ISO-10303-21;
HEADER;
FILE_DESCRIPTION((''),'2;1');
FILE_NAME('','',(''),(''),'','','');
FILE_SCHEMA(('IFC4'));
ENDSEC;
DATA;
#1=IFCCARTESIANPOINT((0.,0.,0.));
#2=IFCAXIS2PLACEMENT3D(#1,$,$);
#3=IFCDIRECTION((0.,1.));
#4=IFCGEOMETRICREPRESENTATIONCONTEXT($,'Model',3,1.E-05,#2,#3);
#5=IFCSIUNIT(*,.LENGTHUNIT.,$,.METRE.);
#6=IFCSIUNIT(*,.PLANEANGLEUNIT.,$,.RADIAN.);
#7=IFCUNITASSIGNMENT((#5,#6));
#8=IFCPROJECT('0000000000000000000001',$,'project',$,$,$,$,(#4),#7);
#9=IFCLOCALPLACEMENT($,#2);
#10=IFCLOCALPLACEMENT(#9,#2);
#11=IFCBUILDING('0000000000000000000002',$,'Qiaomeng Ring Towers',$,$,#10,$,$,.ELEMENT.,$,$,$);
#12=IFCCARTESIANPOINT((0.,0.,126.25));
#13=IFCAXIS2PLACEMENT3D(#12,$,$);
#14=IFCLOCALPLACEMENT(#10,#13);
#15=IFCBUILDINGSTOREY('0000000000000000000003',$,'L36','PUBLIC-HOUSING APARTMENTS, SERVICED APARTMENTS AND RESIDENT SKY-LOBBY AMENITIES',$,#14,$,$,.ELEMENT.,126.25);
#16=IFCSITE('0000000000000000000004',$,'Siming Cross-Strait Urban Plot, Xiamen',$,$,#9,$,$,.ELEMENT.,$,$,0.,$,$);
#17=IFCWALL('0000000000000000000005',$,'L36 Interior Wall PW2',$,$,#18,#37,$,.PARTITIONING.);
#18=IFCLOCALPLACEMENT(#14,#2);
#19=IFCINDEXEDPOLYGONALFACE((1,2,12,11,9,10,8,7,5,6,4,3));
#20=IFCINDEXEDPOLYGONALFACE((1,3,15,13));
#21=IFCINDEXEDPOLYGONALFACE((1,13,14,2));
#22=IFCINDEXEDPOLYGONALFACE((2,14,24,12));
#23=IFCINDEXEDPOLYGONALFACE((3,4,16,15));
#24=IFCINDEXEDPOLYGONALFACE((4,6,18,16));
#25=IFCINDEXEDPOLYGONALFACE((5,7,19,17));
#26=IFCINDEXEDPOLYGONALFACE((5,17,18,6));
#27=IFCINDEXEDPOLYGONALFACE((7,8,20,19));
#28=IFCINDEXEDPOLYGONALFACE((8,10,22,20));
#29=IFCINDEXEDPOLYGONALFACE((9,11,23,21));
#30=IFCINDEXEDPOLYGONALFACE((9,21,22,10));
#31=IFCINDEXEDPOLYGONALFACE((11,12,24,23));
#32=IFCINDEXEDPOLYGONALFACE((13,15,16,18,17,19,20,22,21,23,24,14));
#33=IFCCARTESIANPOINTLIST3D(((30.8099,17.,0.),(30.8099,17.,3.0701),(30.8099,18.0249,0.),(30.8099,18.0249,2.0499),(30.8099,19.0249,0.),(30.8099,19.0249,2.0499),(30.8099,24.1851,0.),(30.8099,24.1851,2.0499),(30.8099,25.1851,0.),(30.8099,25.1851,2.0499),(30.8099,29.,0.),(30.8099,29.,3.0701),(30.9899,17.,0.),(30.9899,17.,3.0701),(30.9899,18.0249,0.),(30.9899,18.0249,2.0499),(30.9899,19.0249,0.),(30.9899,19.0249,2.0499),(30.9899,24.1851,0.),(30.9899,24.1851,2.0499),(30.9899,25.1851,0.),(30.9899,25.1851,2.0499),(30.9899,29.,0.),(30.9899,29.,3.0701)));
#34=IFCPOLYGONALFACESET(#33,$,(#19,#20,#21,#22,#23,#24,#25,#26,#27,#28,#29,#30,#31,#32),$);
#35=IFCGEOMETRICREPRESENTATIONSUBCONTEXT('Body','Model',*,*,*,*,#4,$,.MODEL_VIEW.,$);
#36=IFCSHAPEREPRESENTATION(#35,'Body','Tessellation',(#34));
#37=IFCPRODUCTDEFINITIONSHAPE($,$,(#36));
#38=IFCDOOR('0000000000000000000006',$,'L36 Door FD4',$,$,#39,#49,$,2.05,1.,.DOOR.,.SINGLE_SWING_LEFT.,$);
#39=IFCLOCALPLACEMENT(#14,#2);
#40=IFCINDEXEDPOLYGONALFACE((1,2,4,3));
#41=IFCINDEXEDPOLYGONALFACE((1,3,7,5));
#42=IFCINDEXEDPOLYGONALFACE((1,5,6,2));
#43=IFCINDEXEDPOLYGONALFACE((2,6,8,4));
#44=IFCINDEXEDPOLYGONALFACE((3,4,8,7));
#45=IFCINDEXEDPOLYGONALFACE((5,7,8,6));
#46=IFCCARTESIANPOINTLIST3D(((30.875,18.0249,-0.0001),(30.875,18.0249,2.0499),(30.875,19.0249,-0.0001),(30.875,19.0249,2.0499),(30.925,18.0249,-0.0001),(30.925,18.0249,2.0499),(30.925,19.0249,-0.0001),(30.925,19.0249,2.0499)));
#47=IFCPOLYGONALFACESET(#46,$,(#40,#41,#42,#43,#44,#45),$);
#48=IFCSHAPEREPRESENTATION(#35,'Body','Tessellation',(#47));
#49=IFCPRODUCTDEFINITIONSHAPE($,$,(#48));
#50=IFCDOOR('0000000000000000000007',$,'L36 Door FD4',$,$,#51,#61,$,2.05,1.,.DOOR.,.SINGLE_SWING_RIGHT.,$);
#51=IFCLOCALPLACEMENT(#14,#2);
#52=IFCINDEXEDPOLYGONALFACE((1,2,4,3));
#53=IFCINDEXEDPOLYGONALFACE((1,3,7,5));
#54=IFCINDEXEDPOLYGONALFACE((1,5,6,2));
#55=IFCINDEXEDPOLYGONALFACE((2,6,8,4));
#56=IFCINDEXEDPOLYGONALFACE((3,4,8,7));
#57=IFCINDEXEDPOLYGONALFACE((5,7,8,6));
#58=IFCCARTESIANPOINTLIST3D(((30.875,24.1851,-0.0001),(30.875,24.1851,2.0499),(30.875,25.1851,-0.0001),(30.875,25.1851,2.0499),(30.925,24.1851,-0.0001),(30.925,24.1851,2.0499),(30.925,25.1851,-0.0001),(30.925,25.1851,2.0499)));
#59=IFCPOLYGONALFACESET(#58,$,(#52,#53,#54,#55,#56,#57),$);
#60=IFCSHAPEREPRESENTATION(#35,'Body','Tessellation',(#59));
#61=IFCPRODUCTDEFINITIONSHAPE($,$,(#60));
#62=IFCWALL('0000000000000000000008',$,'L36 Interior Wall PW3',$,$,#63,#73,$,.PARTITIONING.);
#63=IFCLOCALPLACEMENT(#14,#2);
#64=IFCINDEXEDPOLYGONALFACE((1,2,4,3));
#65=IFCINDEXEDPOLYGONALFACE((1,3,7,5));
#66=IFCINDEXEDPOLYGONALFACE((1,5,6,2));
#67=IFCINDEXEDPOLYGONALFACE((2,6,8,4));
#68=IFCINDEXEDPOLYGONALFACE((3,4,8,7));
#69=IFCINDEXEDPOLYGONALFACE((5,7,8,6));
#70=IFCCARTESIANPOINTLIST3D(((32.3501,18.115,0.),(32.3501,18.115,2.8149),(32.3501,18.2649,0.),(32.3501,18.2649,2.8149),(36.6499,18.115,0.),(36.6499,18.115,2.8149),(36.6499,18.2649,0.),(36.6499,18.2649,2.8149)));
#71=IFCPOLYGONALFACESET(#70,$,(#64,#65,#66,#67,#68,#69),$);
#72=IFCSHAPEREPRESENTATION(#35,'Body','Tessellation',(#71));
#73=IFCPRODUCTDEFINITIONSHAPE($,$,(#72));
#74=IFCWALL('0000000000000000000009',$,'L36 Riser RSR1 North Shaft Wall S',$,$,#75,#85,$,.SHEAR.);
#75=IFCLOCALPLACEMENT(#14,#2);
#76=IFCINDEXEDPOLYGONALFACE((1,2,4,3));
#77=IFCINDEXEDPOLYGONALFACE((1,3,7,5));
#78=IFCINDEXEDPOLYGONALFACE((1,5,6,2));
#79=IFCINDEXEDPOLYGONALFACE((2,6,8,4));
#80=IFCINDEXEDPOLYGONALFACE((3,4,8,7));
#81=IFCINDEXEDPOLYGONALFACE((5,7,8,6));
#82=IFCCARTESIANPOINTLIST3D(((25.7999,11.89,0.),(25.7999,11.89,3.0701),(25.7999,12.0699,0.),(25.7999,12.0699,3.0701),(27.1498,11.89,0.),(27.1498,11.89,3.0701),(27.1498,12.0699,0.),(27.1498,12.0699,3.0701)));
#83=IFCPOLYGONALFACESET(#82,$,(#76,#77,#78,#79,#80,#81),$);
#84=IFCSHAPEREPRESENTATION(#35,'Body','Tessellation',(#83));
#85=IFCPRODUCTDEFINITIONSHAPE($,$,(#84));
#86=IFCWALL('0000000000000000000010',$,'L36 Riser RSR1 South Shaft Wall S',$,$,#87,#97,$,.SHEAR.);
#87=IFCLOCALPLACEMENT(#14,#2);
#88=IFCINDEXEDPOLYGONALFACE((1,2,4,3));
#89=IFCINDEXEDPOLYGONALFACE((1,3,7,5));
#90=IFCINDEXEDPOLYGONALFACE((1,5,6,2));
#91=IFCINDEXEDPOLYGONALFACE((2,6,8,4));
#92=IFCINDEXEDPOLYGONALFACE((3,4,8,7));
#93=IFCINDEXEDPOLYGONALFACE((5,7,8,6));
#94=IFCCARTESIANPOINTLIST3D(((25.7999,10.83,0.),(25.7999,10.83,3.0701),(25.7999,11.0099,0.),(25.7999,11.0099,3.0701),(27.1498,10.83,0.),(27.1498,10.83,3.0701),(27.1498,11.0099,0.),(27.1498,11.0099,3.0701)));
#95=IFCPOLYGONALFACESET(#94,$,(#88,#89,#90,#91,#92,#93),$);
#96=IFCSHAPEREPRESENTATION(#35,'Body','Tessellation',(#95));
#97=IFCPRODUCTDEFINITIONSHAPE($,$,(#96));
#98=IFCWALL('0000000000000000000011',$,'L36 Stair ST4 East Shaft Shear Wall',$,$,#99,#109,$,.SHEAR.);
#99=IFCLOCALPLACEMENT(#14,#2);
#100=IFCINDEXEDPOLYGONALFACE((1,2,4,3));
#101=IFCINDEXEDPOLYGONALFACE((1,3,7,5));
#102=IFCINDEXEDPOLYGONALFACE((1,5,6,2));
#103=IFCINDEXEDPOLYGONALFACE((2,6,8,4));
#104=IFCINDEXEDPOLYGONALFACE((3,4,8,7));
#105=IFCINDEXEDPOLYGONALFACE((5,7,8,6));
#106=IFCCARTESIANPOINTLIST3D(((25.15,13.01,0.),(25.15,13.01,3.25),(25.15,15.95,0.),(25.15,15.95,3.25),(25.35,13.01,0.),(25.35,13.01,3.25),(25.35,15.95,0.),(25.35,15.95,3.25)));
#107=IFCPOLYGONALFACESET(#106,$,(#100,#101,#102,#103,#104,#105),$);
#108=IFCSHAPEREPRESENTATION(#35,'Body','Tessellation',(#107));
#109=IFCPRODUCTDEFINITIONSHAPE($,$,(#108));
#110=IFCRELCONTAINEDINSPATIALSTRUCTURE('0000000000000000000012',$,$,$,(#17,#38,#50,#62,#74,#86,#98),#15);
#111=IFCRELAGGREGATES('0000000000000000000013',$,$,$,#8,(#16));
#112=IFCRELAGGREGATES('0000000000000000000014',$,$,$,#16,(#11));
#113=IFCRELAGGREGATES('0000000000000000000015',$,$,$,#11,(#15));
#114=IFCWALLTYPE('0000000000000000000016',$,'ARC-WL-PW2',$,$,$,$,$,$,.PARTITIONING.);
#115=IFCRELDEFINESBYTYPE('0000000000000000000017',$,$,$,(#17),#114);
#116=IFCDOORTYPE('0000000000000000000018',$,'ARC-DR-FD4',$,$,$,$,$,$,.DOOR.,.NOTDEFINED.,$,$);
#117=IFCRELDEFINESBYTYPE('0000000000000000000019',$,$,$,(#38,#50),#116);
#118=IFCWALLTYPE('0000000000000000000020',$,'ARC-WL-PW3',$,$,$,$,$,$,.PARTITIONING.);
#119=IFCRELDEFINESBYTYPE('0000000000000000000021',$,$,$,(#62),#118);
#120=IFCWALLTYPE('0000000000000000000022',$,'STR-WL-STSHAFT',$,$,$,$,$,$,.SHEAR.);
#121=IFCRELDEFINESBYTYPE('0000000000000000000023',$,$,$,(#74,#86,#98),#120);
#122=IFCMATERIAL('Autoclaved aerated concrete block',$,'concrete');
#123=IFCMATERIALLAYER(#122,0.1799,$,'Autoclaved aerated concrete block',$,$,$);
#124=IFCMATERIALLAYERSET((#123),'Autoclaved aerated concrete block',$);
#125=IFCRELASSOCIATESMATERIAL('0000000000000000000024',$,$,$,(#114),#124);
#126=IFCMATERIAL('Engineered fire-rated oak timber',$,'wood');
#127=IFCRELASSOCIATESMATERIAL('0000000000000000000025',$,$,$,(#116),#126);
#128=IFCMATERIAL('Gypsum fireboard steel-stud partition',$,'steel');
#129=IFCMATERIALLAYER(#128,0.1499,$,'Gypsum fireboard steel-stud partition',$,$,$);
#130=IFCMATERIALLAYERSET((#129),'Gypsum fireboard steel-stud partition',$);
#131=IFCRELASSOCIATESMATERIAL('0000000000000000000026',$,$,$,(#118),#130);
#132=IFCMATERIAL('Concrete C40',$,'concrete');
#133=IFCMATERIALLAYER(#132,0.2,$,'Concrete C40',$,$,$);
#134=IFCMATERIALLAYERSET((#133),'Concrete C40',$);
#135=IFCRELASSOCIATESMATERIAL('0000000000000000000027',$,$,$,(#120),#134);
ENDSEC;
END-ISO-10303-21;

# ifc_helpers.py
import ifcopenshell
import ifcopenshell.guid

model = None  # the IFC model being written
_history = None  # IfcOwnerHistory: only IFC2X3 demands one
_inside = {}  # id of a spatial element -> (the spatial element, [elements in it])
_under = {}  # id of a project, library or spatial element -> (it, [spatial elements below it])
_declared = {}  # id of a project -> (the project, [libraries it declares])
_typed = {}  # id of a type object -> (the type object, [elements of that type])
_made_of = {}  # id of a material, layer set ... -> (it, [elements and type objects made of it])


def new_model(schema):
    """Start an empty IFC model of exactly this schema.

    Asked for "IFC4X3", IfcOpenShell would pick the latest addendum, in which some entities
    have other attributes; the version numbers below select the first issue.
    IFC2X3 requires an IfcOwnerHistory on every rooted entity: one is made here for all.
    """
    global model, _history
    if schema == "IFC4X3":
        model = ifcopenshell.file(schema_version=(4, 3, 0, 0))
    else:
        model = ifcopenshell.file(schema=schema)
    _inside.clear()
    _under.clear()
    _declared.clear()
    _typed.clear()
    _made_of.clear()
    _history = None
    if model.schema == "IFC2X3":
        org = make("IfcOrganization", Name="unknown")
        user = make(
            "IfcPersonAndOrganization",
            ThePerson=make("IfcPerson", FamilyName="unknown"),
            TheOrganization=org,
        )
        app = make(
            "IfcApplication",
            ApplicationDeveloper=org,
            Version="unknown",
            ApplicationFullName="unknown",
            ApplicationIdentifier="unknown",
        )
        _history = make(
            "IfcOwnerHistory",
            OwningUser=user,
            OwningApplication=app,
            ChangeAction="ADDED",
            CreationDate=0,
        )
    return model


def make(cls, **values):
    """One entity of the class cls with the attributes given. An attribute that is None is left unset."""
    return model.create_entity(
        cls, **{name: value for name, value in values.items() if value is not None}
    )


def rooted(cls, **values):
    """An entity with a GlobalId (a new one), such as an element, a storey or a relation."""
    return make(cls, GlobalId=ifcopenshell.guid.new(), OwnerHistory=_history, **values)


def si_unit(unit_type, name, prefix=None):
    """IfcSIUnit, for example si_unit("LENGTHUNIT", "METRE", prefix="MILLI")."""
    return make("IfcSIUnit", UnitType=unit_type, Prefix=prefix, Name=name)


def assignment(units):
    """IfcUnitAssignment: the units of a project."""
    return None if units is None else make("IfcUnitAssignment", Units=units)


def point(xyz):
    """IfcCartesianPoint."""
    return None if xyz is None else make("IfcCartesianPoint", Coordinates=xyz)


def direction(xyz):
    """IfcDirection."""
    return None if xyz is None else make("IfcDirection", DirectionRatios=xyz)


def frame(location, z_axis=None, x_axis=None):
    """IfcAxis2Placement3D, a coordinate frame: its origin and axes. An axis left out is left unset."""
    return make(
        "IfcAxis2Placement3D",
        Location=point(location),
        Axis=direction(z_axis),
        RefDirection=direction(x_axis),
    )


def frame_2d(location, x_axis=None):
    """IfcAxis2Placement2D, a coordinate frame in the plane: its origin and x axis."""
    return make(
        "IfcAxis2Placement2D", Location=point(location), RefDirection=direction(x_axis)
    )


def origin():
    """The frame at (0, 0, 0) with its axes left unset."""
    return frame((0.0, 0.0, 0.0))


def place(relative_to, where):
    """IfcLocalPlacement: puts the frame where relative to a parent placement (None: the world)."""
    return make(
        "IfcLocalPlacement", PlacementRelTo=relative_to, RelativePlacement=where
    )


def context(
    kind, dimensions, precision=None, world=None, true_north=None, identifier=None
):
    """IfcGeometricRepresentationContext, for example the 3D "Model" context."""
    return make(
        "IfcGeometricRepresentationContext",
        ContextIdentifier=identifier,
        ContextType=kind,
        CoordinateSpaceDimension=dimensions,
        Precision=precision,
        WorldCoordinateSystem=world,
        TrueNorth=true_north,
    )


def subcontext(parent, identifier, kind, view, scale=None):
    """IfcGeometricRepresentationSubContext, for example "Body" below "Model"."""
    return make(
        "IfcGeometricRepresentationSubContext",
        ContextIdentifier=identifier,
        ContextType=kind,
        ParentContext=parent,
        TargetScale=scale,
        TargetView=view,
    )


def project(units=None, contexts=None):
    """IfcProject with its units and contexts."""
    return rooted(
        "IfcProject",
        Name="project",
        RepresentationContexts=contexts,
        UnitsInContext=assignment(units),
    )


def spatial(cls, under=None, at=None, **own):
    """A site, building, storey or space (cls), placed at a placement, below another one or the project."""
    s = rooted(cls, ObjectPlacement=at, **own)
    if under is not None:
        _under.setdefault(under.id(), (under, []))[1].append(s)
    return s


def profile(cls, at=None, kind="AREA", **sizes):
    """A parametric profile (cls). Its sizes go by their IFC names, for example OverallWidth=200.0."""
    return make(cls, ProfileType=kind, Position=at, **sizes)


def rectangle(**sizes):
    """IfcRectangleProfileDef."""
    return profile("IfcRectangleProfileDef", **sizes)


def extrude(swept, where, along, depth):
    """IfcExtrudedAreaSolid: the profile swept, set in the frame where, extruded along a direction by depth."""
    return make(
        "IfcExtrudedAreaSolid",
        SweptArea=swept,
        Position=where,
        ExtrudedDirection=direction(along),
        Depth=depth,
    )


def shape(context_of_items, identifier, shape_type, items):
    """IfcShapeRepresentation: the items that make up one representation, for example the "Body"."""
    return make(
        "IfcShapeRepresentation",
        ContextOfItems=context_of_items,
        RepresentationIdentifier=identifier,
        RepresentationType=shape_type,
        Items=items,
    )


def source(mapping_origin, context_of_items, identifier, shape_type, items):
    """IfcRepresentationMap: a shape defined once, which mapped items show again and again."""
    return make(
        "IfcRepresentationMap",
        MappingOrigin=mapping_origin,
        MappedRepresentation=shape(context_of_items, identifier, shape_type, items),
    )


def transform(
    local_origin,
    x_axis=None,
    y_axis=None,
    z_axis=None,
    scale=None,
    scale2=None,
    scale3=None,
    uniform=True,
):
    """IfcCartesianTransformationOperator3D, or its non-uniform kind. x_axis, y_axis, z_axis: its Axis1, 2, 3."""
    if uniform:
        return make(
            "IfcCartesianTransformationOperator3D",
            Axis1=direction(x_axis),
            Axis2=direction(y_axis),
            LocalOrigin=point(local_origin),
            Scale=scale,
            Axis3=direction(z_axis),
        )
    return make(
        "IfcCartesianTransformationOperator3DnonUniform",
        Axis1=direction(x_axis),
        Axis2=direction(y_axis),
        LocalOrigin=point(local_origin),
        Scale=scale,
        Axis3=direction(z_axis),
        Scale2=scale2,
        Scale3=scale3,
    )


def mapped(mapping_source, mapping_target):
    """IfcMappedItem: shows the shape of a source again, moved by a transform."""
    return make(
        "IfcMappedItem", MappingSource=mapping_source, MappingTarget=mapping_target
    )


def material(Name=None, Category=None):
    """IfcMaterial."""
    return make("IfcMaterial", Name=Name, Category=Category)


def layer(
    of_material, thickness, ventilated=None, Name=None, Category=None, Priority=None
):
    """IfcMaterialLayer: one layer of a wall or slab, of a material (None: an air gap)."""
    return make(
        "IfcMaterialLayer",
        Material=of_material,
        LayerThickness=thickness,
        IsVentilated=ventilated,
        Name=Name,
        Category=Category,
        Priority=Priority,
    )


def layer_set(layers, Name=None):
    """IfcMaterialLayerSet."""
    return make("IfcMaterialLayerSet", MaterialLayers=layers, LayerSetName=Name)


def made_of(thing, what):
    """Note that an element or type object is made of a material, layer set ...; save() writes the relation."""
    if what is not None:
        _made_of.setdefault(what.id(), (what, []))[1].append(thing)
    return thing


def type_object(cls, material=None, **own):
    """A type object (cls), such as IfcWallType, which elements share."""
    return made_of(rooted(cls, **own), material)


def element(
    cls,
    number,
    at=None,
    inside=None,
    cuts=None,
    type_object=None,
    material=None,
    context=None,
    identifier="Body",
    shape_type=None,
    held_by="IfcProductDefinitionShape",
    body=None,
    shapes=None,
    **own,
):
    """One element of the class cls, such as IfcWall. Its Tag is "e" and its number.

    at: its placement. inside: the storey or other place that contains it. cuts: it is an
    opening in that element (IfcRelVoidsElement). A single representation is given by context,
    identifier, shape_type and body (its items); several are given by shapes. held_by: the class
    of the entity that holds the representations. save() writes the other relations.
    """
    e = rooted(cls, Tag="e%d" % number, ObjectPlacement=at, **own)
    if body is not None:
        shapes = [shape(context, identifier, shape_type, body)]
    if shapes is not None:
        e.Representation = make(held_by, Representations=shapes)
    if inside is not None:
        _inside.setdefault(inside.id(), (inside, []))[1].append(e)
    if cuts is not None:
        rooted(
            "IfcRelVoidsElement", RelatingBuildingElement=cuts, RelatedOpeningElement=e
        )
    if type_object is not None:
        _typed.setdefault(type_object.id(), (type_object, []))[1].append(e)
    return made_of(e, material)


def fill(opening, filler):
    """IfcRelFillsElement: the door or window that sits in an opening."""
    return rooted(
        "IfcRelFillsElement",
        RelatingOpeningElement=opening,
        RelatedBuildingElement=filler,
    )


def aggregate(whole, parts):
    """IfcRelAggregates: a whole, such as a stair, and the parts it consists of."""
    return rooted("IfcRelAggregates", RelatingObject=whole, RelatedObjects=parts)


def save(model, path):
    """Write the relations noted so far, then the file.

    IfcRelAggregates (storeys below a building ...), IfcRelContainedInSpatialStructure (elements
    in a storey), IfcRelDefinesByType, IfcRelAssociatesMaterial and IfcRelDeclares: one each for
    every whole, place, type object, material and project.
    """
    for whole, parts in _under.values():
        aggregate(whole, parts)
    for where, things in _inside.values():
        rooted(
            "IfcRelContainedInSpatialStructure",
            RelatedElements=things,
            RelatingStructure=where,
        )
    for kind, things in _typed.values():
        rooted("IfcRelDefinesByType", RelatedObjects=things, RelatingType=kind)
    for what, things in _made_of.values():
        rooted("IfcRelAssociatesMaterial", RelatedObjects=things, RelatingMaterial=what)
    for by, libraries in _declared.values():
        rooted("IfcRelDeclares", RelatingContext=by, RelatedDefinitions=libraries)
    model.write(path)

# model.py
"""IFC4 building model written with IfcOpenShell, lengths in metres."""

from ifc_helpers import new_model, si_unit, direction, frame, frame_2d, origin, place, context, subcontext, project, spatial, rectangle, extrude, source, transform, mapped, material, layer, layer_set, type_object, element, fill, save


model = new_model("IFC4")

# Units and contexts
model_context = context("Model", 3, precision=1e-05, world=origin(), true_north=direction((0.0, 1.0)))
body_context = subcontext(model_context, "Body", "Model", "MODEL_VIEW")
ifc_project = project(units=[si_unit("LENGTHUNIT", "METRE"), si_unit("PLANEANGLEUNIT", "RADIAN")], contexts=[model_context])

# Site, building, storey
site_placement = place(None, origin())
site = spatial("IfcSite", under=ifc_project, at=site_placement, Name="Siming Cross-Strait Urban Plot, Xiamen", CompositionType="ELEMENT", RefElevation=0.0)
building_placement = place(site_placement, origin())
building = spatial("IfcBuilding", under=site, at=building_placement, Name="Qiaomeng Ring Towers", CompositionType="ELEMENT")
storey_placement = place(building_placement, frame((0.0, 0.0, 126.25)))
storey = spatial("IfcBuildingStorey", under=building, at=storey_placement, Name="L36", Description="PUBLIC-HOUSING APARTMENTS, SERVICED APARTMENTS AND RESIDENT SKY-LOBBY AMENITIES", CompositionType="ELEMENT", Elevation=126.25)

# Shared definitions
ifc_material_1 = material(Name="Autoclaved aerated concrete block", Category="concrete")

# Wall, openings, doors
ifc_layer_1 = layer(ifc_material_1, 0.1799, Name="Autoclaved aerated concrete block")
ifc_layer_set_1 = layer_set([ifc_layer_1], Name="Autoclaved aerated concrete block")
wall_type_1 = type_object("IfcWallType", Name="ARC-WL-PW2", PredefinedType="PARTITIONING", material=ifc_layer_set_1)
wall_1_placement = place(storey_placement, frame((30.8999, 17.0, 0.0), z_axis=(0.0, 0.0, 1.0), x_axis=(0.0, 1.0, 0.0)))
wall_1 = element("IfcWall", 1, at=wall_1_placement, inside=storey, type_object=wall_type_1, Name="L36 Interior Wall PW2", PredefinedType="PARTITIONING", context=body_context, shape_type="SweptSolid", body=[
    extrude(rectangle(XDim=12.0, YDim=0.1799, at=frame_2d((6.0, 0.0))), origin(), (0.0, 0.0, 1.0), 3.0701),
])
opening_1_placement = place(wall_1_placement, frame((1.0249, 0.0, 0.0)))
opening_1 = element("IfcOpeningElement", 2, at=opening_1_placement, cuts=wall_1, PredefinedType="OPENING", context=body_context, shape_type="SweptSolid", body=[
    extrude(rectangle(XDim=1.0, YDim=2.05, at=frame_2d((0.5, 1.0249))), frame((0.0, 0.0999, 0.0), z_axis=(0.0, -1.0, 0.0), x_axis=(1.0, 0.0, 0.0)), (0.0, 0.0, 1.0), 0.2),
])
opening_2_placement = place(wall_1_placement, frame((7.1851, 0.0, 0.0)))
opening_2 = element("IfcOpeningElement", 3, at=opening_2_placement, cuts=wall_1, PredefinedType="OPENING", context=body_context, shape_type="SweptSolid", body=[
    extrude(rectangle(XDim=1.0, YDim=2.05, at=frame_2d((0.5, 1.0249))), frame((0.0, 0.0999, 0.0), z_axis=(0.0, -1.0, 0.0), x_axis=(1.0, 0.0, 0.0)), (0.0, 0.0, 1.0), 0.2),
])
ifc_material_2 = material(Name="Engineered fire-rated oak timber", Category="wood")
door_type_1 = type_object("IfcDoorType", Name="ARC-DR-FD4", OperationType="NOTDEFINED", PredefinedType="DOOR", material=ifc_material_2)
shared_shape_1 = source(origin(), body_context, "Body", "SweptSolid", [
    extrude(rectangle(XDim=1.0, YDim=2.05, at=frame_2d((0.5, 1.0249))), frame((0.0, 0.0249, 0.0), z_axis=(0.0, -1.0, 0.0), x_axis=(1.0, 0.0, 0.0)), (0.0, 0.0, 1.0), 0.05),
])
door_1_placement = place(opening_1_placement, origin())
door_1 = element("IfcDoor", 4, at=door_1_placement, inside=storey, type_object=door_type_1, Name="L36 Door FD4", OperationType="SINGLE_SWING_LEFT", OverallHeight=2.05, OverallWidth=1.0, PredefinedType="DOOR", context=body_context, shape_type="MappedRepresentation", body=[
    mapped(shared_shape_1, transform((0.0, 0.0, 0.0), x_axis=(1.0, 0.0, 0.0), y_axis=(0.0, 1.0, 0.0), z_axis=(0.0, 0.0, 1.0), scale=1.0)),
])
fill(opening_1, door_1)
door_2_placement = place(opening_2_placement, origin())
door_2 = element("IfcDoor", 5, at=door_2_placement, inside=storey, type_object=door_type_1, Name="L36 Door FD4", OperationType="SINGLE_SWING_RIGHT", OverallHeight=2.05, OverallWidth=1.0, PredefinedType="DOOR", context=body_context, shape_type="MappedRepresentation", body=[
    mapped(shared_shape_1, transform((0.0, 0.0, 0.0), x_axis=(1.0, 0.0, 0.0), y_axis=(0.0, 1.0, 0.0), z_axis=(0.0, 0.0, 1.0), scale=1.0)),
])
fill(opening_2, door_2)

# Walls
ifc_material_3 = material(Name="Gypsum fireboard steel-stud partition", Category="steel")
ifc_layer_2 = layer(ifc_material_3, 0.1499, Name="Gypsum fireboard steel-stud partition")
ifc_layer_set_2 = layer_set([ifc_layer_2], Name="Gypsum fireboard steel-stud partition")
wall_type_2 = type_object("IfcWallType", Name="ARC-WL-PW3", PredefinedType="PARTITIONING", material=ifc_layer_set_2)
wall_2_placement = place(storey_placement, frame((32.3501, 18.1899, 0.0), z_axis=(0.0, 0.0, 1.0), x_axis=(1.0, 0.0, 0.0)))
element("IfcWall", 6, at=wall_2_placement, inside=storey, type_object=wall_type_2, Name="L36 Interior Wall PW3", PredefinedType="PARTITIONING", context=body_context, shape_type="SweptSolid", body=[
    extrude(rectangle(XDim=4.2998, YDim=0.1499, at=frame_2d((2.1499, 0.0))), origin(), (0.0, 0.0, 1.0), 2.8149),
])
ifc_material_4 = material(Name="Concrete C40", Category="concrete")
ifc_layer_3 = layer(ifc_material_4, 0.2, Name="Concrete C40")
ifc_layer_set_3 = layer_set([ifc_layer_3], Name="Concrete C40")
wall_type_3 = type_object("IfcWallType", Name="STR-WL-STSHAFT", PredefinedType="SHEAR", material=ifc_layer_set_3)
for number, where, z_axis, x_axis, name in (
    (7, (25.8, 11.98, 0.0), (0.0, 0.0, 1.0), (1.0, 0.0, 0.0), "L36 Riser RSR1 North Shaft Wall S"),
    (8, (25.8, 10.9199, 0.0), (0.0, 0.0, 1.0), (1.0, 0.0, 0.0), "L36 Riser RSR1 South Shaft Wall S"),
):
    element("IfcWall", number, at=place(storey_placement, frame(where, z_axis=z_axis, x_axis=x_axis)), inside=storey, type_object=wall_type_3, Name=name, PredefinedType="SHEAR", context=body_context, shape_type="SweptSolid", body=[
        extrude(rectangle(XDim=1.3499, YDim=0.1799, at=frame_2d((0.6748, 0.0))), origin(), (0.0, 0.0, 1.0), 3.0701),
    ])
wall_3_placement = place(storey_placement, frame((25.25, 13.01, 0.0), z_axis=(0.0, 0.0, 1.0), x_axis=(0.0, 1.0, 0.0)))
element("IfcWall", 9, at=wall_3_placement, inside=storey, type_object=wall_type_3, Name="L36 Stair ST4 East Shaft Shear Wall", PredefinedType="SHEAR", context=body_context, shape_type="SweptSolid", body=[
    extrude(rectangle(XDim=2.9399, YDim=0.2, at=frame_2d((1.47, 0.0))), origin(), (0.0, 0.0, 1.0), 3.25),
])

save(model, "model.ifc")
